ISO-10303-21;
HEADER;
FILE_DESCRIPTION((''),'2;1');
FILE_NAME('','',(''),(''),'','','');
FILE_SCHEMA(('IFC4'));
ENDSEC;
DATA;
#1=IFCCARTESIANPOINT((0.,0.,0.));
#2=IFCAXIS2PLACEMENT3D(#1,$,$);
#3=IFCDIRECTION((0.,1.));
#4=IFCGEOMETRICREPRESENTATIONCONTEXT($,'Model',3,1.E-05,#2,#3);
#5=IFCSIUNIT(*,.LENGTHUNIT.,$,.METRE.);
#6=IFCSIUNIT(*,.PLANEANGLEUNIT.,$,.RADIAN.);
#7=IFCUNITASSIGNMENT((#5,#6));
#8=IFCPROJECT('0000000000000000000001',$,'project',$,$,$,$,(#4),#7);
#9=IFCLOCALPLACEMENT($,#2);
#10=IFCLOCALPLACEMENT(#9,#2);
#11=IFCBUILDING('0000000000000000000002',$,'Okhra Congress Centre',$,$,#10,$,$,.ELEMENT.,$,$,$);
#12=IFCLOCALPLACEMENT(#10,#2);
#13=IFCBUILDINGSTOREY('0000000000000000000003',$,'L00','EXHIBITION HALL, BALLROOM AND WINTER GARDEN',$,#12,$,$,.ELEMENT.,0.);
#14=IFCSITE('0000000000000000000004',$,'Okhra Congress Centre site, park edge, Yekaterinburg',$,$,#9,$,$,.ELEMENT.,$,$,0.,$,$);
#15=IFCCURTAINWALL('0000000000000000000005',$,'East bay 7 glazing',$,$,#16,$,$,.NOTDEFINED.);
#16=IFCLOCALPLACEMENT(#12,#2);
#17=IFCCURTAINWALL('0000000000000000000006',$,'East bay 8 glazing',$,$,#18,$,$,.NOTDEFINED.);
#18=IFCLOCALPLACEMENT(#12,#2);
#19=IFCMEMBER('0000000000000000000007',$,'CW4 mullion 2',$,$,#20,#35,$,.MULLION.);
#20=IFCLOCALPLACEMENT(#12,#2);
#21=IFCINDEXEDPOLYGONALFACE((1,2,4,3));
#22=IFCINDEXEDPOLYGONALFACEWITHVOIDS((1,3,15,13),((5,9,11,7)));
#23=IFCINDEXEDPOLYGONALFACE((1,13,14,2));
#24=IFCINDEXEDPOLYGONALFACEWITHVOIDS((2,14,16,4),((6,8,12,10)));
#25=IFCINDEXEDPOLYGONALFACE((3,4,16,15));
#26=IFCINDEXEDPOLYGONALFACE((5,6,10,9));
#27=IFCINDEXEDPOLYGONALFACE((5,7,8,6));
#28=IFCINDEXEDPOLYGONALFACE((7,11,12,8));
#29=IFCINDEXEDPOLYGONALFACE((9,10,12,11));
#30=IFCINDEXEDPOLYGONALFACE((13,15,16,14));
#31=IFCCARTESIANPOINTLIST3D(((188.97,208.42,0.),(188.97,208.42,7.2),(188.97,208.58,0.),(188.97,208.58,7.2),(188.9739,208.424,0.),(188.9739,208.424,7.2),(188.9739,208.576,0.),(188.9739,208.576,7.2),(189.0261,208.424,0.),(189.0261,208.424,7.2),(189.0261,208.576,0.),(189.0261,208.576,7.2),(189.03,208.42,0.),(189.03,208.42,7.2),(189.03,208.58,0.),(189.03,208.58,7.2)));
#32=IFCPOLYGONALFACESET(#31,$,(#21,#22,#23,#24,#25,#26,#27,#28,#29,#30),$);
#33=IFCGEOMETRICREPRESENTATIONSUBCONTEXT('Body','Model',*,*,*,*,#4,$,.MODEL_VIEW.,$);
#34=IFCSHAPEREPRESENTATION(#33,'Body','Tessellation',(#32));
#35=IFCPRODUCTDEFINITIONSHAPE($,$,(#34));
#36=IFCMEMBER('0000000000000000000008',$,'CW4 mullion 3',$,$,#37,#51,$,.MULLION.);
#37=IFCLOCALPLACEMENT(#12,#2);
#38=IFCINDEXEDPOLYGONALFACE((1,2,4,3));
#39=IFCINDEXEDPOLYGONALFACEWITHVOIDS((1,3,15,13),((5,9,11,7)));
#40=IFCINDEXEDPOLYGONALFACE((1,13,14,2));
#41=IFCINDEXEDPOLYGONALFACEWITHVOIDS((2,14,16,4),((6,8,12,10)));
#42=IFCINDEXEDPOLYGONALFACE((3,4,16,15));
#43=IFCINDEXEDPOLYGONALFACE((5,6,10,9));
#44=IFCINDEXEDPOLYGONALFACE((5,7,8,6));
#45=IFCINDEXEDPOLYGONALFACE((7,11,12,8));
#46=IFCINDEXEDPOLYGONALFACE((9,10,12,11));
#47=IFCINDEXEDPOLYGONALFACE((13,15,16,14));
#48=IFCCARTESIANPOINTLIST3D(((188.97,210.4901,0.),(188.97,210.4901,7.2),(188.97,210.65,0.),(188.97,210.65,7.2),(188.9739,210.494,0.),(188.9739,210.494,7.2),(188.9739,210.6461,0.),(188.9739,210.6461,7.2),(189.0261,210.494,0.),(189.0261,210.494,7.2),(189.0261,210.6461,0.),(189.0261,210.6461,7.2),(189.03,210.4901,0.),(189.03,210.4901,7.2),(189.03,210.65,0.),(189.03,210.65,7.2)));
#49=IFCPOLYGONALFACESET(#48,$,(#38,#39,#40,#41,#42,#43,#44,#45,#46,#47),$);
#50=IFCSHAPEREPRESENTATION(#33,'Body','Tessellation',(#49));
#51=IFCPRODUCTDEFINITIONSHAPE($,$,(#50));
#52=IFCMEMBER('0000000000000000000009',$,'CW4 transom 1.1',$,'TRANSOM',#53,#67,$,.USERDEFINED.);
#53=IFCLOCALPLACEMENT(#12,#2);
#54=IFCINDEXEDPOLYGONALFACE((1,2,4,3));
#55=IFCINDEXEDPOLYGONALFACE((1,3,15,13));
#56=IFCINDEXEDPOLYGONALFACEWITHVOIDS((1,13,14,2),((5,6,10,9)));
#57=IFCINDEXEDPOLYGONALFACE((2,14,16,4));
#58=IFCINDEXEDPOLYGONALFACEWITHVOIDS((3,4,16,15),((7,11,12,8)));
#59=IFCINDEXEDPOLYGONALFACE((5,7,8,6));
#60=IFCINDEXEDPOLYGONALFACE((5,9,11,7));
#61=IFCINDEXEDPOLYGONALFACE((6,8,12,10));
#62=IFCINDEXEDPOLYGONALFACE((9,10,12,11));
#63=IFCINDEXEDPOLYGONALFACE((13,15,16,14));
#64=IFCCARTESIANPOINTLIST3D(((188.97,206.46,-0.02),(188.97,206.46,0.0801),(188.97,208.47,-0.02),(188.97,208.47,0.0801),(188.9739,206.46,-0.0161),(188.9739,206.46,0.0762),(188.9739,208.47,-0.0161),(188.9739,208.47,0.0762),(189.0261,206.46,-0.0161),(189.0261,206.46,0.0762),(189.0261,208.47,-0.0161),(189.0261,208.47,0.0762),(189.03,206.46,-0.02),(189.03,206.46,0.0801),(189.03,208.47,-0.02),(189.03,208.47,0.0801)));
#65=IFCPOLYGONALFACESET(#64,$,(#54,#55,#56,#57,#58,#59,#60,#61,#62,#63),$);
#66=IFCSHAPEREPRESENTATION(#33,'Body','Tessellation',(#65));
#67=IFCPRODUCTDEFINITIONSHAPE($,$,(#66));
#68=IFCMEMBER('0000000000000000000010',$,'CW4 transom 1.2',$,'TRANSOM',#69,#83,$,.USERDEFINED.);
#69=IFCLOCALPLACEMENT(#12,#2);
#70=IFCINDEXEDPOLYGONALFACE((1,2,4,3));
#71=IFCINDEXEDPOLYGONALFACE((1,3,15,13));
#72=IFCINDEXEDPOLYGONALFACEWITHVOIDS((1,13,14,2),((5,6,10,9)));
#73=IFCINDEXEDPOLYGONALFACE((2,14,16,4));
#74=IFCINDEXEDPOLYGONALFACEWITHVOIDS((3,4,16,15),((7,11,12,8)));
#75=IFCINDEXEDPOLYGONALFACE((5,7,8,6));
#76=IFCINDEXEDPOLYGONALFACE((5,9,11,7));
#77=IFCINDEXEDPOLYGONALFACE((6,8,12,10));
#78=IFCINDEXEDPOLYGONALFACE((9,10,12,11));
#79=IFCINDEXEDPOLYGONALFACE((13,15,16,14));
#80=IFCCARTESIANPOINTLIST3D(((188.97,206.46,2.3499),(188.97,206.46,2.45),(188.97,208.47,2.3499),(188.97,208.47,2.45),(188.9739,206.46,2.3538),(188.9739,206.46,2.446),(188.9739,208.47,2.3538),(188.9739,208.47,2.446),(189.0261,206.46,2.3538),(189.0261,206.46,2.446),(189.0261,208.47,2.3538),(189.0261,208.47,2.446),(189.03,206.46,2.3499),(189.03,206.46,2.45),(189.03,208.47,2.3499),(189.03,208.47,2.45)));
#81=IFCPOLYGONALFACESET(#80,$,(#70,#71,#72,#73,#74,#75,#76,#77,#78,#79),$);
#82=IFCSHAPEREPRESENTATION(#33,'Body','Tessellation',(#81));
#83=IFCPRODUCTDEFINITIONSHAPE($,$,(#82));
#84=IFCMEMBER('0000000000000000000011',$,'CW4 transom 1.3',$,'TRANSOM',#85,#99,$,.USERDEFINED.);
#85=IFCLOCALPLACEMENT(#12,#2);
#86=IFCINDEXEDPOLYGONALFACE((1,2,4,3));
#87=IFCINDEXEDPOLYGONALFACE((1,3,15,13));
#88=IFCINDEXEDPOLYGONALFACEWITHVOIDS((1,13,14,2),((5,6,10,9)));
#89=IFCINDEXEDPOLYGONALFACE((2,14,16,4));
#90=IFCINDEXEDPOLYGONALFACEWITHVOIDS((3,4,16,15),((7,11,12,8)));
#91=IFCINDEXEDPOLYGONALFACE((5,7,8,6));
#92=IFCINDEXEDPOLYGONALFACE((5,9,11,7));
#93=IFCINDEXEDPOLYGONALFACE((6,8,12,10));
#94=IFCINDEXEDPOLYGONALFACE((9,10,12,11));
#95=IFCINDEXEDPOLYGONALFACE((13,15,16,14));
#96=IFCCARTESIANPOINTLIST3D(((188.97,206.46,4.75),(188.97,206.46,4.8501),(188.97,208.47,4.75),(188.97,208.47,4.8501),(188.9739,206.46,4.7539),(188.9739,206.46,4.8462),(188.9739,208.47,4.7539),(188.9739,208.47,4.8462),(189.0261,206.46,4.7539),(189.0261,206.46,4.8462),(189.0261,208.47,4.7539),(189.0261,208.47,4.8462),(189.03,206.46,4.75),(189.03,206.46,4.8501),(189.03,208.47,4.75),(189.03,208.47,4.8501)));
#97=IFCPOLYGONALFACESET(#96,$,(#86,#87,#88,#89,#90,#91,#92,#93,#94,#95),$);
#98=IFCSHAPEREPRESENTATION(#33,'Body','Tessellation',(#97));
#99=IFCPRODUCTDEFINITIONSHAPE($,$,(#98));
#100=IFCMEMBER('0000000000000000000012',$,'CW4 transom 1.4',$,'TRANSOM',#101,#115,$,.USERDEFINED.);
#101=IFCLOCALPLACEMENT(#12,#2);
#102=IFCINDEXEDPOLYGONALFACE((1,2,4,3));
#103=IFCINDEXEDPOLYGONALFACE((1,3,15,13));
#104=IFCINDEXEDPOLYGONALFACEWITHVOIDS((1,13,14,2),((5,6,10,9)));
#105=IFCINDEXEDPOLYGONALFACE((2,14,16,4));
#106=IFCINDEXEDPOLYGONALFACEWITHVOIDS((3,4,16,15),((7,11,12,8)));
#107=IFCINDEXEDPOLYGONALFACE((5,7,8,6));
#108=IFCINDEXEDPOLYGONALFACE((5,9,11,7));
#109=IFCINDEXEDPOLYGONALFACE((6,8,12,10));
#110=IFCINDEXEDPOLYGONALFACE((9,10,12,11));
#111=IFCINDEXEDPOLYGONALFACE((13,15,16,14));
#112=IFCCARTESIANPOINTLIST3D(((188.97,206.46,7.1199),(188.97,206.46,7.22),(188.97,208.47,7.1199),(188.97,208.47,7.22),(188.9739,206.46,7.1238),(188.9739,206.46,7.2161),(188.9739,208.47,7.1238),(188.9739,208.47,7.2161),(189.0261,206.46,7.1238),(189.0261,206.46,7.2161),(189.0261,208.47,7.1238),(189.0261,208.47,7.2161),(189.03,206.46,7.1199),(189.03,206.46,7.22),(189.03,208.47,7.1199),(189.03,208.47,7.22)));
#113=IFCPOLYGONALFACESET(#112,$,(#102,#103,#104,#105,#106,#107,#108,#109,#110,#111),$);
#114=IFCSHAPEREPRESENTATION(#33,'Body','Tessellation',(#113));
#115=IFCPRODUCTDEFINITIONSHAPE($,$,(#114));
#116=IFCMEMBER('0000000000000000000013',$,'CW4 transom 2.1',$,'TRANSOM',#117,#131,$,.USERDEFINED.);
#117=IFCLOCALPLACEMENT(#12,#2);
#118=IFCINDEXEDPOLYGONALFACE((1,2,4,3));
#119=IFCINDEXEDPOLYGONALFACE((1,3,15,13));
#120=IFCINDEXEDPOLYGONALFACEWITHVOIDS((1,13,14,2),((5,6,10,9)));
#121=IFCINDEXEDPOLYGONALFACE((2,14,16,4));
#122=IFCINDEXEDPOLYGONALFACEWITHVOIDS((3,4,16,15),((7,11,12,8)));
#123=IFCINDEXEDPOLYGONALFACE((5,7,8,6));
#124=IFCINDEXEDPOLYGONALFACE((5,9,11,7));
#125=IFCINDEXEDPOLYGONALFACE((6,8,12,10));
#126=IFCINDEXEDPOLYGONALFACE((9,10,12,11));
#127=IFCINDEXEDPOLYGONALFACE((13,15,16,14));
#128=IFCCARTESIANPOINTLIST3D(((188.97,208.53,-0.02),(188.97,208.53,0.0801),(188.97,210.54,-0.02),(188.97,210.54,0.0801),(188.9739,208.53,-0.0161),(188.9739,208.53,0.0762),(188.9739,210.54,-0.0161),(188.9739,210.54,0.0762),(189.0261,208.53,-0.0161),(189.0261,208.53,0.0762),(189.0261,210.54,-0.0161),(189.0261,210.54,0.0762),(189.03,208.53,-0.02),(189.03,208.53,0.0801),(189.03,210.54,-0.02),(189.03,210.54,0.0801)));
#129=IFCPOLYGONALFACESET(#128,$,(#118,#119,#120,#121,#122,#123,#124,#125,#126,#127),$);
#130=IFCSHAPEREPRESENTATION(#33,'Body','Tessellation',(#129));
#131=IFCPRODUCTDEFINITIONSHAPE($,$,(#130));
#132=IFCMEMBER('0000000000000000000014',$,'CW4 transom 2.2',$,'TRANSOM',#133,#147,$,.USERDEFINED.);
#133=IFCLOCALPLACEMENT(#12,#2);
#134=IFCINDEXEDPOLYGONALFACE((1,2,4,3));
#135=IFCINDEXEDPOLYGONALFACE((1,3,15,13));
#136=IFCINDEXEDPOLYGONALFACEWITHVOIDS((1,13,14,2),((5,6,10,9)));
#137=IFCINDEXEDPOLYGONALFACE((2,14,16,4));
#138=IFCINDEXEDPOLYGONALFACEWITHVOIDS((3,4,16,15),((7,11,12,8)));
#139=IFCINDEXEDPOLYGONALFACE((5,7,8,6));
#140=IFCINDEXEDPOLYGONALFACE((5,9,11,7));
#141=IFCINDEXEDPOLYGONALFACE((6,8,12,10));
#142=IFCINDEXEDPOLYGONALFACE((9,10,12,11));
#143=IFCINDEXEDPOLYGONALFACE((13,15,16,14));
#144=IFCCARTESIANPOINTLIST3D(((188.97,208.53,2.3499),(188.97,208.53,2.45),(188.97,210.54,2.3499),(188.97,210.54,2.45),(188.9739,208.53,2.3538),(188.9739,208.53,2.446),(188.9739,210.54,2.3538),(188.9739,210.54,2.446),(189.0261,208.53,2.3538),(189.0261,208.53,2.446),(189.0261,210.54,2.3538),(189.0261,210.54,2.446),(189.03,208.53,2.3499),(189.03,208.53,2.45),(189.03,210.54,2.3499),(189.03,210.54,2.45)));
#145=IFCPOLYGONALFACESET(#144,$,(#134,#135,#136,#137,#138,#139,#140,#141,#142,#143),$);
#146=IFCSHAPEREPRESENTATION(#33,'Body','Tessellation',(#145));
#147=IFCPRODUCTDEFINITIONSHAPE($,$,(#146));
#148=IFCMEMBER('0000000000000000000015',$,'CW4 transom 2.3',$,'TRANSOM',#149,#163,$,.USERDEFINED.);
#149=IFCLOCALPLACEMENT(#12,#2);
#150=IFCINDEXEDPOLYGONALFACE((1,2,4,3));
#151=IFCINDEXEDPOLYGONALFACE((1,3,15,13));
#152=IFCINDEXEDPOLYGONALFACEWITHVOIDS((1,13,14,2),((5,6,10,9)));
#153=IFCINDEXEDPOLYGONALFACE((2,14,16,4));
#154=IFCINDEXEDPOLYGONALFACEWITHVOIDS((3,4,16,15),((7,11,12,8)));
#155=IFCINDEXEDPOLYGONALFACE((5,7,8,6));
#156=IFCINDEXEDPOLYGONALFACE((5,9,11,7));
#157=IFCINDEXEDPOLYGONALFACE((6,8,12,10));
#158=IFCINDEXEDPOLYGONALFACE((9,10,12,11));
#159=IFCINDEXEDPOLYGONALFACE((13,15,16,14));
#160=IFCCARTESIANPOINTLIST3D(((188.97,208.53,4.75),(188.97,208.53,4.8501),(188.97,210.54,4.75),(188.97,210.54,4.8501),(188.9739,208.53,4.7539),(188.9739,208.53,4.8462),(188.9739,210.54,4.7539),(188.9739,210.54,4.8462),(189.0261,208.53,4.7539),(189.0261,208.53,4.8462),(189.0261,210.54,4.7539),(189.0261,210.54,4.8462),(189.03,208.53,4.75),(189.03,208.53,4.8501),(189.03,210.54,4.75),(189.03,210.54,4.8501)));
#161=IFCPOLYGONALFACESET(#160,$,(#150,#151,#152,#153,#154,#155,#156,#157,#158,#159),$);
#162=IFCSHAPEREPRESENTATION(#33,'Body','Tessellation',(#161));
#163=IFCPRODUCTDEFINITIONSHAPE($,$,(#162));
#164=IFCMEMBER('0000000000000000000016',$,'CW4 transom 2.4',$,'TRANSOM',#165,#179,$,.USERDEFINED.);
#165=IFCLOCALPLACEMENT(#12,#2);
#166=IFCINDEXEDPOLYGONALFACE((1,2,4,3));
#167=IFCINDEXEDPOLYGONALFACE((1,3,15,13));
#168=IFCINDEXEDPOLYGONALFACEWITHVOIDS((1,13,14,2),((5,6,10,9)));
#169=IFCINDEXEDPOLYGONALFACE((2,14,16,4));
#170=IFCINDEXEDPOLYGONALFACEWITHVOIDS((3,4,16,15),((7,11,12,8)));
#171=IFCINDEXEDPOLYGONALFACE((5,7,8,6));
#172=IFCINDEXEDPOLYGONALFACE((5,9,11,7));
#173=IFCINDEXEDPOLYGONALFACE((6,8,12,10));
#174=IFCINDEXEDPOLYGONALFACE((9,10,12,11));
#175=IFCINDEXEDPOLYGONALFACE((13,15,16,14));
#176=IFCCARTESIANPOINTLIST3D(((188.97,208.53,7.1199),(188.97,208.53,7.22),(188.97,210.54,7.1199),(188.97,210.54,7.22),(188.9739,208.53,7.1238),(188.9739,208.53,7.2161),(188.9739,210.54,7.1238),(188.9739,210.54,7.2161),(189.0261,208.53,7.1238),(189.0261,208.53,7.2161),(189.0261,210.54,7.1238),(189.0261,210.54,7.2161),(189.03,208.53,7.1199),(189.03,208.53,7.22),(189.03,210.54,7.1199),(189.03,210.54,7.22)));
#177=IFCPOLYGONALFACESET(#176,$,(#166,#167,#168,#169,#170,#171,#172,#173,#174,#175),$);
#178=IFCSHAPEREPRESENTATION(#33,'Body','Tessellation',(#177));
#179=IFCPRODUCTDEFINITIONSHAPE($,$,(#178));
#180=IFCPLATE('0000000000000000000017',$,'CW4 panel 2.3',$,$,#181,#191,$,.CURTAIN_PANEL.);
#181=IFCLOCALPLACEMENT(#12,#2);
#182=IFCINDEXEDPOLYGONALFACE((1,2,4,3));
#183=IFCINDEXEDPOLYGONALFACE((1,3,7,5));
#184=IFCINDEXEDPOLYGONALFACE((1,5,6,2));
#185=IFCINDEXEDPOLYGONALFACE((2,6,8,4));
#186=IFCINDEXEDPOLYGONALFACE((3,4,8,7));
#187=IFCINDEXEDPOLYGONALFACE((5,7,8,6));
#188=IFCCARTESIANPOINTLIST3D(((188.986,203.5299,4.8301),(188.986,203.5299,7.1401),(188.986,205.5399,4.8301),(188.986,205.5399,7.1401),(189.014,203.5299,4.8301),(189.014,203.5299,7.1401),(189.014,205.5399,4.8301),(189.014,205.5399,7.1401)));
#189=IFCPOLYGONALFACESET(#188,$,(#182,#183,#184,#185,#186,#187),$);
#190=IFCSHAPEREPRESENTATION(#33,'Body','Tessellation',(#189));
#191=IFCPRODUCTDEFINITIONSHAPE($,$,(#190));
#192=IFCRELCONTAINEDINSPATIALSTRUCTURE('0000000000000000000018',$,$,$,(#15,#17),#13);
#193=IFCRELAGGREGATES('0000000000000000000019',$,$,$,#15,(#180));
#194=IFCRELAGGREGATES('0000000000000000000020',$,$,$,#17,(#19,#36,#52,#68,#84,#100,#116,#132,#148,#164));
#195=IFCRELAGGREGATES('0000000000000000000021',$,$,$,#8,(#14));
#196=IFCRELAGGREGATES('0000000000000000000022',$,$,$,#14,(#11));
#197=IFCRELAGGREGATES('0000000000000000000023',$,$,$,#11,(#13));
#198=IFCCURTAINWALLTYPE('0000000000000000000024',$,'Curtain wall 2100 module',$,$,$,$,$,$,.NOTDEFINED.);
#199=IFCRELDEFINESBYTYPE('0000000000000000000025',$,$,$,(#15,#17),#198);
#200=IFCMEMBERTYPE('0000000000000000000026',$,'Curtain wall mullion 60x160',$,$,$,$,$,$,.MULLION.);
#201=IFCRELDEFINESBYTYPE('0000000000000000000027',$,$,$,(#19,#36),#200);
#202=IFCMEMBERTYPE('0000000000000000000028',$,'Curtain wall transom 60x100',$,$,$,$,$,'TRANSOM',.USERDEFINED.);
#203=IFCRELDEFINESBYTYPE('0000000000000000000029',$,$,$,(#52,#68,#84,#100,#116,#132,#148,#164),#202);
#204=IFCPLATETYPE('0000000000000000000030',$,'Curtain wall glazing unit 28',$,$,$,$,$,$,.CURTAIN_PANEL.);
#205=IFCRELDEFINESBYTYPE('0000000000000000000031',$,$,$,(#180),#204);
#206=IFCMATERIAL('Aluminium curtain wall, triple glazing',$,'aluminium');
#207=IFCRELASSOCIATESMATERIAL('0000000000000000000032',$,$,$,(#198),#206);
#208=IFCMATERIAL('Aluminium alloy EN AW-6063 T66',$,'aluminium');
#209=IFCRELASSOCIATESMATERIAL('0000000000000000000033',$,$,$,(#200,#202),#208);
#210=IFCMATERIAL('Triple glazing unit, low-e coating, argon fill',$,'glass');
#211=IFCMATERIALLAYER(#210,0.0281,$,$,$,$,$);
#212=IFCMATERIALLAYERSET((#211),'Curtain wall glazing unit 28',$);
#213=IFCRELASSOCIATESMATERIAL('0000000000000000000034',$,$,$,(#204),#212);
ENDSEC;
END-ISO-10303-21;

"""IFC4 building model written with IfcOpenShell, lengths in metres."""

from ifc_helpers import new_model, si_unit, direction, frame, origin, origin_2d, place, context, subcontext, project, spatial, rectangle, hollow_rectangle, extrude, material, layer, layer_set, material_profile, profile_set, type_object, element, aggregate, save


model = new_model("IFC4")

# Units and contexts
model_context = context("Model", 3, precision=1e-05, world=origin(), true_north=direction((0.0, 1.0)))
body_context = subcontext(model_context, "Body", "Model", "MODEL_VIEW")
ifc_project = project(units=[si_unit("LENGTHUNIT", "METRE"), si_unit("PLANEANGLEUNIT", "RADIAN")], contexts=[model_context])

# Site, building, storey
site_placement = place(None, origin())
site = spatial("IfcSite", under=ifc_project, at=site_placement, Name="Okhra Congress Centre site, park edge, Yekaterinburg", CompositionType="ELEMENT", RefElevation=0.0)
building_placement = place(site_placement, origin())
building = spatial("IfcBuilding", under=site, at=building_placement, Name="Okhra Congress Centre", CompositionType="ELEMENT")
storey_placement = place(building_placement, origin())
storey = spatial("IfcBuildingStorey", under=building, at=storey_placement, Name="L00", Description="EXHIBITION HALL, BALLROOM AND WINTER GARDEN", CompositionType="ELEMENT", Elevation=0.0)

# Curtain wall
ifc_material_1 = material(Name="Aluminium curtain wall, triple glazing", Category="aluminium")
curtain_wall_type = type_object("IfcCurtainWallType", Name="Curtain wall 2100 module", PredefinedType="NOTDEFINED", material=ifc_material_1)
curtain_wall_1_placement = place(storey_placement, origin())
curtain_wall_1 = element("IfcCurtainWall", 1, at=curtain_wall_1_placement, inside=storey, type_object=curtain_wall_type, Name="East bay 7 glazing", PredefinedType="NOTDEFINED")
ifc_material_2 = material(Name="Aluminium alloy EN AW-6063 T66", Category="aluminium")
ifc_material_profile_1 = material_profile(ifc_material_2, hollow_rectangle(XDim=0.0601, YDim=0.1599, WallThickness=0.0039, at=origin_2d()), Name="RHS 60x160x4")
ifc_profile_set_1 = profile_set([ifc_material_profile_1], Name="Aluminium alloy EN AW-6063 T66")
member_type_1 = type_object("IfcMemberType", Name="Curtain wall mullion 60x160", PredefinedType="MULLION", material=ifc_profile_set_1)

# Curtain wall, members
curtain_wall_2_placement = place(storey_placement, origin())
curtain_wall_2 = element("IfcCurtainWall", 2, at=curtain_wall_2_placement, inside=storey, type_object=curtain_wall_type, Name="East bay 8 glazing", PredefinedType="NOTDEFINED")
member_1_placement = place(storey_placement, frame((189.0, 208.5, 0.0), z_axis=(0.0, 0.0, 1.0), x_axis=(-1.0, 0.0, 0.0)))
member_1 = element("IfcMember", 3, at=member_1_placement, type_object=member_type_1, Name="CW4 mullion 2", PredefinedType="MULLION", context=body_context, shape_type="SweptSolid", body=[
    extrude(hollow_rectangle(XDim=0.0601, YDim=0.1599, WallThickness=0.0039, at=origin_2d()), origin(), (0.0, 0.0, 1.0), 7.2),
])
member_2_placement = place(storey_placement, frame((189.0, 210.5701, 0.0), z_axis=(0.0, 0.0, 1.0), x_axis=(-1.0, 0.0, 0.0)))
member_2 = element("IfcMember", 4, at=member_2_placement, type_object=member_type_1, Name="CW4 mullion 3", PredefinedType="MULLION", context=body_context, shape_type="SweptSolid", body=[
    extrude(hollow_rectangle(XDim=0.0601, YDim=0.1599, WallThickness=0.0039, at=origin_2d()), origin(), (0.0, 0.0, 1.0), 7.2),
])
ifc_material_profile_2 = material_profile(ifc_material_2, hollow_rectangle(XDim=0.0601, YDim=0.1001, WallThickness=0.0039, at=origin_2d()), Name="RHS 60x100x4")
ifc_profile_set_2 = profile_set([ifc_material_profile_2], Name="Aluminium alloy EN AW-6063 T66")
member_type_2 = type_object("IfcMemberType", Name="Curtain wall transom 60x100", ElementType="TRANSOM", PredefinedType="USERDEFINED", material=ifc_profile_set_2)
member_3_placement = place(storey_placement, frame((189.0, 206.46, 0.03), z_axis=(0.0, 1.0, 0.0), x_axis=(-1.0, 0.0, 0.0)))
member_3 = element("IfcMember", 5, at=member_3_placement, type_object=member_type_2, Name="CW4 transom 1.1", ObjectType="TRANSOM", PredefinedType="USERDEFINED", context=body_context, shape_type="SweptSolid", body=[
    extrude(hollow_rectangle(XDim=0.0601, YDim=0.1001, WallThickness=0.0039, at=origin_2d()), origin(), (0.0, 0.0, 1.0), 2.01),
])
member_4_placement = place(storey_placement, frame((189.0, 206.46, 2.3999), z_axis=(0.0, 1.0, 0.0), x_axis=(-1.0, 0.0, 0.0)))
member_4 = element("IfcMember", 6, at=member_4_placement, type_object=member_type_2, Name="CW4 transom 1.2", ObjectType="TRANSOM", PredefinedType="USERDEFINED", context=body_context, shape_type="SweptSolid", body=[
    extrude(hollow_rectangle(XDim=0.0601, YDim=0.1001, WallThickness=0.0039, at=origin_2d()), origin(), (0.0, 0.0, 1.0), 2.01),
])
member_5_placement = place(storey_placement, frame((189.0, 206.46, 4.8), z_axis=(0.0, 1.0, 0.0), x_axis=(-1.0, 0.0, 0.0)))
member_5 = element("IfcMember", 7, at=member_5_placement, type_object=member_type_2, Name="CW4 transom 1.3", ObjectType="TRANSOM", PredefinedType="USERDEFINED", context=body_context, shape_type="SweptSolid", body=[
    extrude(hollow_rectangle(XDim=0.0601, YDim=0.1001, WallThickness=0.0039, at=origin_2d()), origin(), (0.0, 0.0, 1.0), 2.01),
])
member_6_placement = place(storey_placement, frame((189.0, 206.46, 7.1699), z_axis=(0.0, 1.0, 0.0), x_axis=(-1.0, 0.0, 0.0)))
member_6 = element("IfcMember", 8, at=member_6_placement, type_object=member_type_2, Name="CW4 transom 1.4", ObjectType="TRANSOM", PredefinedType="USERDEFINED", context=body_context, shape_type="SweptSolid", body=[
    extrude(hollow_rectangle(XDim=0.0601, YDim=0.1001, WallThickness=0.0039, at=origin_2d()), origin(), (0.0, 0.0, 1.0), 2.01),
])
member_7_placement = place(storey_placement, frame((189.0, 208.53, 0.03), z_axis=(0.0, 1.0, 0.0), x_axis=(-1.0, 0.0, 0.0)))
member_7 = element("IfcMember", 9, at=member_7_placement, type_object=member_type_2, Name="CW4 transom 2.1", ObjectType="TRANSOM", PredefinedType="USERDEFINED", context=body_context, shape_type="SweptSolid", body=[
    extrude(hollow_rectangle(XDim=0.0601, YDim=0.1001, WallThickness=0.0039, at=origin_2d()), origin(), (0.0, 0.0, 1.0), 2.01),
])
member_8_placement = place(storey_placement, frame((189.0, 208.53, 2.3999), z_axis=(0.0, 1.0, 0.0), x_axis=(-1.0, 0.0, 0.0)))
member_8 = element("IfcMember", 10, at=member_8_placement, type_object=member_type_2, Name="CW4 transom 2.2", ObjectType="TRANSOM", PredefinedType="USERDEFINED", context=body_context, shape_type="SweptSolid", body=[
    extrude(hollow_rectangle(XDim=0.0601, YDim=0.1001, WallThickness=0.0039, at=origin_2d()), origin(), (0.0, 0.0, 1.0), 2.01),
])
member_9_placement = place(storey_placement, frame((189.0, 208.53, 4.8), z_axis=(0.0, 1.0, 0.0), x_axis=(-1.0, 0.0, 0.0)))
member_9 = element("IfcMember", 11, at=member_9_placement, type_object=member_type_2, Name="CW4 transom 2.3", ObjectType="TRANSOM", PredefinedType="USERDEFINED", context=body_context, shape_type="SweptSolid", body=[
    extrude(hollow_rectangle(XDim=0.0601, YDim=0.1001, WallThickness=0.0039, at=origin_2d()), origin(), (0.0, 0.0, 1.0), 2.01),
])
member_10_placement = place(storey_placement, frame((189.0, 208.53, 7.1699), z_axis=(0.0, 1.0, 0.0), x_axis=(-1.0, 0.0, 0.0)))
member_10 = element("IfcMember", 12, at=member_10_placement, type_object=member_type_2, Name="CW4 transom 2.4", ObjectType="TRANSOM", PredefinedType="USERDEFINED", context=body_context, shape_type="SweptSolid", body=[
    extrude(hollow_rectangle(XDim=0.0601, YDim=0.1001, WallThickness=0.0039, at=origin_2d()), origin(), (0.0, 0.0, 1.0), 2.01),
])

# Plate
ifc_material_3 = material(Name="Triple glazing unit, low-e coating, argon fill", Category="glass")
ifc_layer = layer(ifc_material_3, 0.0281)
ifc_layer_set = layer_set([ifc_layer], Name="Curtain wall glazing unit 28")
plate_type = type_object("IfcPlateType", Name="Curtain wall glazing unit 28", PredefinedType="CURTAIN_PANEL", material=ifc_layer_set)
plate_1_placement = place(storey_placement, frame((189.0, 204.5349, 4.8301), z_axis=(0.0, 0.0, 1.0), x_axis=(0.0, 1.0, 0.0)))
plate_1 = element("IfcPlate", 13, at=plate_1_placement, type_object=plate_type, Name="CW4 panel 2.3", PredefinedType="CURTAIN_PANEL", context=body_context, shape_type="SweptSolid", body=[
    extrude(rectangle(XDim=2.01, YDim=0.0281, at=origin_2d()), origin(), (0.0, 0.0, 1.0), 2.3101),
])
aggregate(curtain_wall_1, [plate_1])
aggregate(curtain_wall_2, [member_1, member_2, member_3, member_4, member_5, member_6, member_7, member_8, member_9, member_10])

save(model, "model.ifc")
